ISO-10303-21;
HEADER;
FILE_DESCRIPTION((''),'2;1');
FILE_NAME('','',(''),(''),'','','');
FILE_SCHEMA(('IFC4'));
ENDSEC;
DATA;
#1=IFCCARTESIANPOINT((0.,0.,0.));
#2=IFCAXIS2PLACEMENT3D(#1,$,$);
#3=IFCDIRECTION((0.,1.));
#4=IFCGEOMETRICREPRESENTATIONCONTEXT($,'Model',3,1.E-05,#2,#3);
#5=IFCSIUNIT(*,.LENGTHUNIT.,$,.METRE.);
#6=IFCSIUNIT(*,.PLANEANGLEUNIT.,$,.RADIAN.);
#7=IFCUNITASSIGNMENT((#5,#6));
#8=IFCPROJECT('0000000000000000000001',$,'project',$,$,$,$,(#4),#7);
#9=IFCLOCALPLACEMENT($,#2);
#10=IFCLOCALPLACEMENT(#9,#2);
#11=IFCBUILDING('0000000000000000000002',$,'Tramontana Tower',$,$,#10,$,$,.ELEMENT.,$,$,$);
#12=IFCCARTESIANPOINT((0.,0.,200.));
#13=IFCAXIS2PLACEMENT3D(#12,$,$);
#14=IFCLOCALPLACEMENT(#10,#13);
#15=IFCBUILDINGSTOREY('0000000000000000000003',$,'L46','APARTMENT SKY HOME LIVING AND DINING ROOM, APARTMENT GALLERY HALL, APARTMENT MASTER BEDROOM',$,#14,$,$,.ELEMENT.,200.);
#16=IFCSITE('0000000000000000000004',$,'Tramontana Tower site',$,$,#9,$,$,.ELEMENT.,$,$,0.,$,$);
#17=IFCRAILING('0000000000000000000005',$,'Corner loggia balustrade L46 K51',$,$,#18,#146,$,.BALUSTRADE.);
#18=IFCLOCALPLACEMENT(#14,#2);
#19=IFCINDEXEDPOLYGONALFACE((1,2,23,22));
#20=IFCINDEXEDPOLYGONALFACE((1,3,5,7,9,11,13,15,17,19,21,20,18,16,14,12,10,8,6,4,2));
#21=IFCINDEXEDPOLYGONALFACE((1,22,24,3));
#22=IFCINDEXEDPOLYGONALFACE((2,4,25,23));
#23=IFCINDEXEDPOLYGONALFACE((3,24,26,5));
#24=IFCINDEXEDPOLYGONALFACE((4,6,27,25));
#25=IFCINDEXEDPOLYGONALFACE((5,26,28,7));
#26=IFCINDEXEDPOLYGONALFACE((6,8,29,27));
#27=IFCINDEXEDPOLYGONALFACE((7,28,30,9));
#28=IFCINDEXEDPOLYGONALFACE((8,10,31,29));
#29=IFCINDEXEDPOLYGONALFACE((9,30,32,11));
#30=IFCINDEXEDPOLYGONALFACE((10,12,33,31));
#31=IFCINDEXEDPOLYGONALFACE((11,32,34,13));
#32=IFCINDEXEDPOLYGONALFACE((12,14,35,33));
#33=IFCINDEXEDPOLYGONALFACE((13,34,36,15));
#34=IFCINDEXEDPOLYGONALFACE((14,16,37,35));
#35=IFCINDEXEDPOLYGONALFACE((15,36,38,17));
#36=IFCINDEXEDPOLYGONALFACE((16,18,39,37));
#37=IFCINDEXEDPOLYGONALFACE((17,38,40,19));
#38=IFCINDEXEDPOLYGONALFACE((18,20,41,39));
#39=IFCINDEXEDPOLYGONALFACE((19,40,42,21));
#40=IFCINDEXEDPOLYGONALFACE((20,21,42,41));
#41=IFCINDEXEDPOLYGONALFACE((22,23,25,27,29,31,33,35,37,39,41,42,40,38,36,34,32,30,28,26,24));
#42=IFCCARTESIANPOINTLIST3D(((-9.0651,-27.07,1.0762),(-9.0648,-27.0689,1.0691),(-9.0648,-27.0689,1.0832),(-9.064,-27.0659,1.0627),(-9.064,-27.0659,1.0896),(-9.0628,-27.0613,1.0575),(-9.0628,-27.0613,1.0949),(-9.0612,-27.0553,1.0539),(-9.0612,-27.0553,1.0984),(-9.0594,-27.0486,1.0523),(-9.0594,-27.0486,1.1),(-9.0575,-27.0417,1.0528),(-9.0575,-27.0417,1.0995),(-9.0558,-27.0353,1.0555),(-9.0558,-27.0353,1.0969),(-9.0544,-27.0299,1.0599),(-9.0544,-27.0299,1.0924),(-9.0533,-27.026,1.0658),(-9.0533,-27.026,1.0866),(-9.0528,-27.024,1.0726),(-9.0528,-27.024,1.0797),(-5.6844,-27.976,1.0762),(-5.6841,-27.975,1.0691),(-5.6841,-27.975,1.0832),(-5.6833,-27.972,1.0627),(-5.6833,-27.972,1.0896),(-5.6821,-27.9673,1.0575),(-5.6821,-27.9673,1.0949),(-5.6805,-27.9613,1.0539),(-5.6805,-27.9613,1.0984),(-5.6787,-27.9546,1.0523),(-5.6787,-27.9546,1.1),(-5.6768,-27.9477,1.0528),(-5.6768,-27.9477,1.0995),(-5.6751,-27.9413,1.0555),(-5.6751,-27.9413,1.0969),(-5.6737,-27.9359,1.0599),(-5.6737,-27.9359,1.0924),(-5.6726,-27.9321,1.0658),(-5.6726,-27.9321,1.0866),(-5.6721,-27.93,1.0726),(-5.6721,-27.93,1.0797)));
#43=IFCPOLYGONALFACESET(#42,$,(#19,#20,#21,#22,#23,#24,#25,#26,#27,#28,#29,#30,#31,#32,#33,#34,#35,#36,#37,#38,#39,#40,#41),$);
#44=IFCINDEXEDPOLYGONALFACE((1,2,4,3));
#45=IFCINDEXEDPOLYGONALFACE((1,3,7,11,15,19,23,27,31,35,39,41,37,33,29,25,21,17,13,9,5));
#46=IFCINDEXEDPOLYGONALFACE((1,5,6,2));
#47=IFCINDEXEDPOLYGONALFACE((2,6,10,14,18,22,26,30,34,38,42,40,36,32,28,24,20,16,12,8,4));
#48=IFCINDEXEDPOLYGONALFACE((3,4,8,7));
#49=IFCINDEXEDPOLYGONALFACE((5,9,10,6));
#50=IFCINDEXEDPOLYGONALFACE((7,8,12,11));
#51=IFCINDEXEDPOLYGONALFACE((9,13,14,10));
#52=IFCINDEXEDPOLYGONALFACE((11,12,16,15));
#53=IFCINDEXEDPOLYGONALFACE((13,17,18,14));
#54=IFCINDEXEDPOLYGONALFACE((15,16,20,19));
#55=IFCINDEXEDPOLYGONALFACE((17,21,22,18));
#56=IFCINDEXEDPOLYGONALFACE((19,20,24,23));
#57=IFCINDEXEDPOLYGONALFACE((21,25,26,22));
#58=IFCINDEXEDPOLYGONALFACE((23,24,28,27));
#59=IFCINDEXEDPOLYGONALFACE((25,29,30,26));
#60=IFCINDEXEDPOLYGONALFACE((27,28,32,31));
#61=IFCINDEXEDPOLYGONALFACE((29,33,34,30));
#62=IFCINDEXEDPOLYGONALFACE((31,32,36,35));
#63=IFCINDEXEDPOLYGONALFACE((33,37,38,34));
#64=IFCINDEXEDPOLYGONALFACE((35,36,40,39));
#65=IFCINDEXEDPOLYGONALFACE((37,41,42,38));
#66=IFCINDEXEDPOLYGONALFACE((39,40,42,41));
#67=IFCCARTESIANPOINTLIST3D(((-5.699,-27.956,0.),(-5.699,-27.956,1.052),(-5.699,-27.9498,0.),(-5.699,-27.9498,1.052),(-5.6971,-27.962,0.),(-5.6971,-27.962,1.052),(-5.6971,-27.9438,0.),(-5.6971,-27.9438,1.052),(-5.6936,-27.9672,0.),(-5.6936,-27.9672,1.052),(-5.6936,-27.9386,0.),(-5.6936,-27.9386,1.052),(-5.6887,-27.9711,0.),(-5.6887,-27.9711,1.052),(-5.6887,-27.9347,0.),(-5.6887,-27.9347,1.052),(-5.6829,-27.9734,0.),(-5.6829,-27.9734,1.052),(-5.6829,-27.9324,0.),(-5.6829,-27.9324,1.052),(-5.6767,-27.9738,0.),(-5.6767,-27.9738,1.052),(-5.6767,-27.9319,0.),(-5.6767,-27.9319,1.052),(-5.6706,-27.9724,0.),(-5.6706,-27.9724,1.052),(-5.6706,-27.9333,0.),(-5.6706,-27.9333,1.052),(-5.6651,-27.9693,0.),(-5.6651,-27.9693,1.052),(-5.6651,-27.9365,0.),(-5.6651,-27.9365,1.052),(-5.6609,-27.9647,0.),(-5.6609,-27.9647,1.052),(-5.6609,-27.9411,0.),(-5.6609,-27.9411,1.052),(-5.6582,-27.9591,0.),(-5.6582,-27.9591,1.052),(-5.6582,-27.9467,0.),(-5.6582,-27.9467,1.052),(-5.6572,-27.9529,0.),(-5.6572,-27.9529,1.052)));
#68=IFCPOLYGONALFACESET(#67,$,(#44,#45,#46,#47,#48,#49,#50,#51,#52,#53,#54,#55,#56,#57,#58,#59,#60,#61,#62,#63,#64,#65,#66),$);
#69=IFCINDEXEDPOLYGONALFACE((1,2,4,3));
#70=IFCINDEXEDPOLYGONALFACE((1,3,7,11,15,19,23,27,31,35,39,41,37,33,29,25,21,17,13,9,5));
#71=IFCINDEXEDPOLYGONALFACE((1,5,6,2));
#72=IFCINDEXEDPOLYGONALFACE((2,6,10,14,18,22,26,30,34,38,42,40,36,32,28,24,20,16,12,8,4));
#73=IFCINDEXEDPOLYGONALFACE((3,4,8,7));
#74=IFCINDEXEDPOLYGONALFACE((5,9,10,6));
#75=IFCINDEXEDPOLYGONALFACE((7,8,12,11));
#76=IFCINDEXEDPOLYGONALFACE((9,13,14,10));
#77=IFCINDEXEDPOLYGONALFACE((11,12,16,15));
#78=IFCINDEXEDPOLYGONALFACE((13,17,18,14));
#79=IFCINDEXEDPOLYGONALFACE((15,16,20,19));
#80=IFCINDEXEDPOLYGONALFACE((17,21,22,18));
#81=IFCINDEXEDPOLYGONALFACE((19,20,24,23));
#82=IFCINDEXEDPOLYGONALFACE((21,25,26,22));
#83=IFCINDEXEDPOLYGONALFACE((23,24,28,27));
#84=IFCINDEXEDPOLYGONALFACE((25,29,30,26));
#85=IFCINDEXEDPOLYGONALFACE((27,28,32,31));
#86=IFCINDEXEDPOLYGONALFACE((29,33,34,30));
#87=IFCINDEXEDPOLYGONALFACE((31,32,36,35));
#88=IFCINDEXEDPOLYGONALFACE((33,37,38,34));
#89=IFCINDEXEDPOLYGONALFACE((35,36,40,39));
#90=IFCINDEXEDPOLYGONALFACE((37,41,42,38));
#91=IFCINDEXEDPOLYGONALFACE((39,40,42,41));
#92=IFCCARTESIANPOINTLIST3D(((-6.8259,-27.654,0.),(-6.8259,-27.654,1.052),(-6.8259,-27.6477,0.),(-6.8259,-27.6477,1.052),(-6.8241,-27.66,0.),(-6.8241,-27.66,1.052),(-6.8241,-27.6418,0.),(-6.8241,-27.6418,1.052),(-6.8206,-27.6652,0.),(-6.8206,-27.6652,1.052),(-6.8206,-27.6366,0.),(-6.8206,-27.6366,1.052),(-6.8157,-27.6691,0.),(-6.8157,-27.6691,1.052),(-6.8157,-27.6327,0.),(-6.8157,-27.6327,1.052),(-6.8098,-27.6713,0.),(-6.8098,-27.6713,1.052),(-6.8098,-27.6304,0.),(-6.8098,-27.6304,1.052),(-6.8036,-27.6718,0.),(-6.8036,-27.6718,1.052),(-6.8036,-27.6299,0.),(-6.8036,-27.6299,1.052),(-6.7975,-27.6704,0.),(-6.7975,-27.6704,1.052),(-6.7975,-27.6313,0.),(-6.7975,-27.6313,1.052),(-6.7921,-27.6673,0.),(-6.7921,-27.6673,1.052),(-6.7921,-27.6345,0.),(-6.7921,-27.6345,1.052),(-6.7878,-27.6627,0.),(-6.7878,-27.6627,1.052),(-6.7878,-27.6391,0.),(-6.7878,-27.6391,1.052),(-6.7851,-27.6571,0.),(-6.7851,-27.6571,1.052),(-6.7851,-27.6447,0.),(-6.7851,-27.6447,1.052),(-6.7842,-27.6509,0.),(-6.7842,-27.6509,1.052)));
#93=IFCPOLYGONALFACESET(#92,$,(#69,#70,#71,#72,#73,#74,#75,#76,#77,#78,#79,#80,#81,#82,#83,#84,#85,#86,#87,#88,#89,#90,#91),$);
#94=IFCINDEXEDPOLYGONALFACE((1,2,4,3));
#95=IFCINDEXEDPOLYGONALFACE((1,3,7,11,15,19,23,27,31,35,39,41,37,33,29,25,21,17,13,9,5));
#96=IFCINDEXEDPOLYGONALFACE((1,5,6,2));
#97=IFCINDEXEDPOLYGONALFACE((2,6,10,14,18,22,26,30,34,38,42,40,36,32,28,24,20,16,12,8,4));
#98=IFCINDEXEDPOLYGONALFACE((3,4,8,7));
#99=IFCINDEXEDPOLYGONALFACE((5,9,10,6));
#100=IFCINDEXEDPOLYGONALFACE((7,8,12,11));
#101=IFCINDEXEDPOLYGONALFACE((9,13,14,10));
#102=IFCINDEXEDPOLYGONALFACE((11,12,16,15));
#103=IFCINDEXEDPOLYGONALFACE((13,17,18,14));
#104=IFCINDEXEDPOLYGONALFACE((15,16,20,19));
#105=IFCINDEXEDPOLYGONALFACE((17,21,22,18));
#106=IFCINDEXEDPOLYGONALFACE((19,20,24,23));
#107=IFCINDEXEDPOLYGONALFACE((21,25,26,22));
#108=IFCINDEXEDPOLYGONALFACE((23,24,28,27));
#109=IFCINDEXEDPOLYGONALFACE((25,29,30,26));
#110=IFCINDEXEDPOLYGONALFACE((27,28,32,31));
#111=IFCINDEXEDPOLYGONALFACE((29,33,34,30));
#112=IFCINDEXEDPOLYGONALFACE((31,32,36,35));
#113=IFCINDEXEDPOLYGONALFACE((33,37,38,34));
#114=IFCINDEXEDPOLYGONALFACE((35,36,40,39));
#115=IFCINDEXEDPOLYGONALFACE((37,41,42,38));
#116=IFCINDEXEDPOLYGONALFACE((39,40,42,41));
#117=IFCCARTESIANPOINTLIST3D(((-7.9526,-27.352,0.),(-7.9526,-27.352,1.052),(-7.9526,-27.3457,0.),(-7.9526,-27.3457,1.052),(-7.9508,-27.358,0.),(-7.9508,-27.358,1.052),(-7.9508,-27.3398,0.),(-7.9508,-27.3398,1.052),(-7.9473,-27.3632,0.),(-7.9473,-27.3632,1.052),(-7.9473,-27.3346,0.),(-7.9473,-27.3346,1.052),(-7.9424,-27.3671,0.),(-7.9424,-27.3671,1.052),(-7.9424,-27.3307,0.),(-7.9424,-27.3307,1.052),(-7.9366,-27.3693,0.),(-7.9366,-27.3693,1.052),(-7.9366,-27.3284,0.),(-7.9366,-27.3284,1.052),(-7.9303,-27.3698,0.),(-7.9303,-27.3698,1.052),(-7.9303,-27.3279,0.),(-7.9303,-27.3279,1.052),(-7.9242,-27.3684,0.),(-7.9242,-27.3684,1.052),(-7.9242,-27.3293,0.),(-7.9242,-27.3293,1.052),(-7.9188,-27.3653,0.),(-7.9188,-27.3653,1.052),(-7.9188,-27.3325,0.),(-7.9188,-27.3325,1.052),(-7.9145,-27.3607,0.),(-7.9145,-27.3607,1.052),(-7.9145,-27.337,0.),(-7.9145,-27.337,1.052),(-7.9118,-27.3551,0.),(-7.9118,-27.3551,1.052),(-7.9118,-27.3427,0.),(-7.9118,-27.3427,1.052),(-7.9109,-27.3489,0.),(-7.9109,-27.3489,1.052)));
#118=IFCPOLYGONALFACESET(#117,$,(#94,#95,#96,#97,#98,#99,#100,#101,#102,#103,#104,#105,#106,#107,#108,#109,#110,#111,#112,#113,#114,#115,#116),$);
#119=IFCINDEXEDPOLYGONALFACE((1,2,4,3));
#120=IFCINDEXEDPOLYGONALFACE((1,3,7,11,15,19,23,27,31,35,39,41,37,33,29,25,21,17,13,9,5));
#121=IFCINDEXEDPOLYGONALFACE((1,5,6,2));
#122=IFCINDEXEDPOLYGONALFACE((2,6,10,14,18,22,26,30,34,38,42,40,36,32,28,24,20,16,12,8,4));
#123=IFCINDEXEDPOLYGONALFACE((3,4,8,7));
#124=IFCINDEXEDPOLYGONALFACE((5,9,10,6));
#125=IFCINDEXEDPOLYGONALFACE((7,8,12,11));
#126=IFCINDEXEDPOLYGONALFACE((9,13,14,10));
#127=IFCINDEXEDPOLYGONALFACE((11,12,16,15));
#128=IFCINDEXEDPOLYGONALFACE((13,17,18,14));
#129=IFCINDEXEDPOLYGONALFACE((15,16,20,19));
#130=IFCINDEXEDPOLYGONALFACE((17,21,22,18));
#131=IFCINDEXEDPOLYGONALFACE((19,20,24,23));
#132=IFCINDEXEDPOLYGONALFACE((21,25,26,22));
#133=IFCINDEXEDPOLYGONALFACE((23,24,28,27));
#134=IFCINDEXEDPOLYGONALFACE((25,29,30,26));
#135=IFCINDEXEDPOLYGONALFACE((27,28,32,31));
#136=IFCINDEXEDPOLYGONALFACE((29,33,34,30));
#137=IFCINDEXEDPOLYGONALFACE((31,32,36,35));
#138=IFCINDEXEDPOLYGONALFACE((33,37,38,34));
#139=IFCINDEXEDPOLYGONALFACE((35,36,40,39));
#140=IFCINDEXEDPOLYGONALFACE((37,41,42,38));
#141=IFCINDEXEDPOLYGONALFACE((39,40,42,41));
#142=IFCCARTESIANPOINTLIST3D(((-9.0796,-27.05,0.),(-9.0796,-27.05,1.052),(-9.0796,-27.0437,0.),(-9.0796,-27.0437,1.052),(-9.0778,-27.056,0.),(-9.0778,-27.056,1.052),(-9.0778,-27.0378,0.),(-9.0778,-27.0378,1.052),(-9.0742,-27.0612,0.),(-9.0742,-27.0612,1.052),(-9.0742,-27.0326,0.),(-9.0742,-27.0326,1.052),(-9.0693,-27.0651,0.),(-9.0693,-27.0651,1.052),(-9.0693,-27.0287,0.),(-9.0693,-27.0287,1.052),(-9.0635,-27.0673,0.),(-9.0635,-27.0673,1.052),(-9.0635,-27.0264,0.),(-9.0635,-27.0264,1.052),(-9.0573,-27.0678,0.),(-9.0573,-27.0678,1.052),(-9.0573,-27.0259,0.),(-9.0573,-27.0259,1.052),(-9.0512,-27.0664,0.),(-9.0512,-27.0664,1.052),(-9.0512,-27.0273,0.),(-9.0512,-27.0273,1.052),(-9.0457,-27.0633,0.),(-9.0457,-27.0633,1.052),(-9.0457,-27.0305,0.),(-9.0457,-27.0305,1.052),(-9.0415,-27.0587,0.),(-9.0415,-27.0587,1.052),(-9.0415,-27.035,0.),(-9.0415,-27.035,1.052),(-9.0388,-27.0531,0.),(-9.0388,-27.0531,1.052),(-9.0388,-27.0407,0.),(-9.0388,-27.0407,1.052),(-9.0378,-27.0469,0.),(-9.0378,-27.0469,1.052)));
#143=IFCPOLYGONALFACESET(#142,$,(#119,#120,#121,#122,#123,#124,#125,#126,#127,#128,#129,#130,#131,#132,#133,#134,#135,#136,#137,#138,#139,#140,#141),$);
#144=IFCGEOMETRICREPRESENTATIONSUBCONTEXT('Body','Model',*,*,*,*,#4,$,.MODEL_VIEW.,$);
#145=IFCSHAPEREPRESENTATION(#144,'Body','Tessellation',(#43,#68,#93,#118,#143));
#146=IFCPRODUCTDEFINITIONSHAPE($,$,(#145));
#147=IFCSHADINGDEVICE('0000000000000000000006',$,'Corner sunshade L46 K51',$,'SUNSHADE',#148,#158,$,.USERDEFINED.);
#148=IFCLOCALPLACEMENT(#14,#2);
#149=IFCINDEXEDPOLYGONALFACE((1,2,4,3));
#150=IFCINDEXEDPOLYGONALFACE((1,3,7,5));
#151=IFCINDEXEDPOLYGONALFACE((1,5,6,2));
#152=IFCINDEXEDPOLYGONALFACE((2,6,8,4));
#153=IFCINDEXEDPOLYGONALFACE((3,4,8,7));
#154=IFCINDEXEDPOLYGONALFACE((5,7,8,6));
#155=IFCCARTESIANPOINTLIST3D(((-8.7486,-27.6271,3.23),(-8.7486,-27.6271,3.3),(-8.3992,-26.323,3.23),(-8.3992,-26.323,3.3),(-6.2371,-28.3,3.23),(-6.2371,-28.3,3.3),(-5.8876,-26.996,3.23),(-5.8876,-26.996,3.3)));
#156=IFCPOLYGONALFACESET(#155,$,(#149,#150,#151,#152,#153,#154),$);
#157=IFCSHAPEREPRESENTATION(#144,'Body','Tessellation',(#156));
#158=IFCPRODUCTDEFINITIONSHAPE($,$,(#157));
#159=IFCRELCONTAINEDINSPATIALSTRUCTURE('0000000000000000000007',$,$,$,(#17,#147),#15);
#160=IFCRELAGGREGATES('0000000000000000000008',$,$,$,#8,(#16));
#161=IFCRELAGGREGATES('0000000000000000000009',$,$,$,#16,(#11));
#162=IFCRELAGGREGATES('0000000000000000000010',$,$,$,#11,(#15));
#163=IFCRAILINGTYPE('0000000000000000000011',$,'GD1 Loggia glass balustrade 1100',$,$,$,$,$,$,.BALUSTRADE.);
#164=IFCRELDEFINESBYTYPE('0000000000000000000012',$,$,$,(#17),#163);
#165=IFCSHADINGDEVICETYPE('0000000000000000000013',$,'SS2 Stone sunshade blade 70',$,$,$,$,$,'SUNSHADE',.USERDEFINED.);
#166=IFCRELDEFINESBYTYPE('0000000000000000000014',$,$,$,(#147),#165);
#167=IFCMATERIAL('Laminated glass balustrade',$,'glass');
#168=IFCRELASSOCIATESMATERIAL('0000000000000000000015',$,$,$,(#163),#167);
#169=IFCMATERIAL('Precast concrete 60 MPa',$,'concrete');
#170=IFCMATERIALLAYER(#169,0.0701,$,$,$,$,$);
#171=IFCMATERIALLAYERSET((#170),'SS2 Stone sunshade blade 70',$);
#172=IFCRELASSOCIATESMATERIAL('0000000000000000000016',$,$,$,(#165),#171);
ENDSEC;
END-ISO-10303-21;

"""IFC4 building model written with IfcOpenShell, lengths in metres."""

from ifc_helpers import new_model, si_unit, direction, frame, origin, origin_2d, place, context, subcontext, project, spatial, rectangle, circle, extrude, material, layer, layer_set, type_object, element, save


model = new_model("IFC4")

# Units and contexts
model_context = context("Model", 3, precision=1e-05, world=origin(), true_north=direction((0.0, 1.0)))
body_context = subcontext(model_context, "Body", "Model", "MODEL_VIEW")
ifc_project = project(units=[si_unit("LENGTHUNIT", "METRE"), si_unit("PLANEANGLEUNIT", "RADIAN")], contexts=[model_context])

# Site, building, storey
site_placement = place(None, origin())
site = spatial("IfcSite", under=ifc_project, at=site_placement, Name="Tramontana Tower site", CompositionType="ELEMENT", RefElevation=0.0)
building_placement = place(site_placement, origin())
building = spatial("IfcBuilding", under=site, at=building_placement, Name="Tramontana Tower", CompositionType="ELEMENT")
storey_placement = place(building_placement, frame((0.0, 0.0, 200.0)))
storey = spatial("IfcBuildingStorey", under=building, at=storey_placement, Name="L46", Description="APARTMENT SKY HOME LIVING AND DINING ROOM, APARTMENT GALLERY HALL, APARTMENT MASTER BEDROOM", CompositionType="ELEMENT", Elevation=200.0)

# Railing
ifc_material_1 = material(Name="Laminated glass balustrade", Category="glass")
railing_type = type_object("IfcRailingType", Name="GD1 Loggia glass balustrade 1100", PredefinedType="BALUSTRADE", material=ifc_material_1)
railing_placement = place(storey_placement, frame((-5.6782, -27.9529, 0.0)))
element("IfcRailing", 1, at=railing_placement, inside=storey, type_object=railing_type, Name="Corner loggia balustrade L46 K51", PredefinedType="BALUSTRADE", context=body_context, shape_type="SweptSolid", body=[
    extrude(circle(Radius=0.0239, at=origin_2d()), frame((0.0, 0.0, 1.0762), z_axis=(-0.965913, 0.258865, 0.0), x_axis=(-0.258865, -0.965913, 0.0)), (0.0, 0.0, 1.0), 3.5),
    extrude(circle(Radius=0.021, at=origin_2d()), origin(), (0.0, 0.0, 1.0), 1.052),
    extrude(circle(Radius=0.021, at=origin_2d()), frame((-1.127, 0.302, 0.0)), (0.0, 0.0, 1.0), 1.052),
    extrude(circle(Radius=0.021, at=origin_2d()), frame((-2.2537, 0.604, 0.0)), (0.0, 0.0, 1.0), 1.052),
    extrude(circle(Radius=0.021, at=origin_2d()), frame((-3.3806, 0.906, 0.0)), (0.0, 0.0, 1.0), 1.052),
])

# Shading device
ifc_material_2 = material(Name="Precast concrete 60 MPa", Category="concrete")
ifc_layer_1 = layer(ifc_material_2, 0.0701)
ifc_layer_set_1 = layer_set([ifc_layer_1], Name="SS2 Stone sunshade blade 70")
shading_device_type = type_object("IfcShadingDeviceType", Name="SS2 Stone sunshade blade 70", ElementType="SUNSHADE", PredefinedType="USERDEFINED", material=ifc_layer_set_1)
shading_device_placement = place(storey_placement, frame((-7.3181, -27.3115, 3.23), z_axis=(0.0, 0.0, 1.0), x_axis=(-0.965926, 0.258819, 0.0)))
element("IfcShadingDevice", 2, at=shading_device_placement, inside=storey, type_object=shading_device_type, Name="Corner sunshade L46 K51", ObjectType="SUNSHADE", PredefinedType="USERDEFINED", context=body_context, shape_type="SweptSolid", body=[
    extrude(rectangle(XDim=2.6001, YDim=1.3501, at=origin_2d()), origin(), (0.0, 0.0, 1.0), 0.0701),
])

save(model, "model.ifc")
